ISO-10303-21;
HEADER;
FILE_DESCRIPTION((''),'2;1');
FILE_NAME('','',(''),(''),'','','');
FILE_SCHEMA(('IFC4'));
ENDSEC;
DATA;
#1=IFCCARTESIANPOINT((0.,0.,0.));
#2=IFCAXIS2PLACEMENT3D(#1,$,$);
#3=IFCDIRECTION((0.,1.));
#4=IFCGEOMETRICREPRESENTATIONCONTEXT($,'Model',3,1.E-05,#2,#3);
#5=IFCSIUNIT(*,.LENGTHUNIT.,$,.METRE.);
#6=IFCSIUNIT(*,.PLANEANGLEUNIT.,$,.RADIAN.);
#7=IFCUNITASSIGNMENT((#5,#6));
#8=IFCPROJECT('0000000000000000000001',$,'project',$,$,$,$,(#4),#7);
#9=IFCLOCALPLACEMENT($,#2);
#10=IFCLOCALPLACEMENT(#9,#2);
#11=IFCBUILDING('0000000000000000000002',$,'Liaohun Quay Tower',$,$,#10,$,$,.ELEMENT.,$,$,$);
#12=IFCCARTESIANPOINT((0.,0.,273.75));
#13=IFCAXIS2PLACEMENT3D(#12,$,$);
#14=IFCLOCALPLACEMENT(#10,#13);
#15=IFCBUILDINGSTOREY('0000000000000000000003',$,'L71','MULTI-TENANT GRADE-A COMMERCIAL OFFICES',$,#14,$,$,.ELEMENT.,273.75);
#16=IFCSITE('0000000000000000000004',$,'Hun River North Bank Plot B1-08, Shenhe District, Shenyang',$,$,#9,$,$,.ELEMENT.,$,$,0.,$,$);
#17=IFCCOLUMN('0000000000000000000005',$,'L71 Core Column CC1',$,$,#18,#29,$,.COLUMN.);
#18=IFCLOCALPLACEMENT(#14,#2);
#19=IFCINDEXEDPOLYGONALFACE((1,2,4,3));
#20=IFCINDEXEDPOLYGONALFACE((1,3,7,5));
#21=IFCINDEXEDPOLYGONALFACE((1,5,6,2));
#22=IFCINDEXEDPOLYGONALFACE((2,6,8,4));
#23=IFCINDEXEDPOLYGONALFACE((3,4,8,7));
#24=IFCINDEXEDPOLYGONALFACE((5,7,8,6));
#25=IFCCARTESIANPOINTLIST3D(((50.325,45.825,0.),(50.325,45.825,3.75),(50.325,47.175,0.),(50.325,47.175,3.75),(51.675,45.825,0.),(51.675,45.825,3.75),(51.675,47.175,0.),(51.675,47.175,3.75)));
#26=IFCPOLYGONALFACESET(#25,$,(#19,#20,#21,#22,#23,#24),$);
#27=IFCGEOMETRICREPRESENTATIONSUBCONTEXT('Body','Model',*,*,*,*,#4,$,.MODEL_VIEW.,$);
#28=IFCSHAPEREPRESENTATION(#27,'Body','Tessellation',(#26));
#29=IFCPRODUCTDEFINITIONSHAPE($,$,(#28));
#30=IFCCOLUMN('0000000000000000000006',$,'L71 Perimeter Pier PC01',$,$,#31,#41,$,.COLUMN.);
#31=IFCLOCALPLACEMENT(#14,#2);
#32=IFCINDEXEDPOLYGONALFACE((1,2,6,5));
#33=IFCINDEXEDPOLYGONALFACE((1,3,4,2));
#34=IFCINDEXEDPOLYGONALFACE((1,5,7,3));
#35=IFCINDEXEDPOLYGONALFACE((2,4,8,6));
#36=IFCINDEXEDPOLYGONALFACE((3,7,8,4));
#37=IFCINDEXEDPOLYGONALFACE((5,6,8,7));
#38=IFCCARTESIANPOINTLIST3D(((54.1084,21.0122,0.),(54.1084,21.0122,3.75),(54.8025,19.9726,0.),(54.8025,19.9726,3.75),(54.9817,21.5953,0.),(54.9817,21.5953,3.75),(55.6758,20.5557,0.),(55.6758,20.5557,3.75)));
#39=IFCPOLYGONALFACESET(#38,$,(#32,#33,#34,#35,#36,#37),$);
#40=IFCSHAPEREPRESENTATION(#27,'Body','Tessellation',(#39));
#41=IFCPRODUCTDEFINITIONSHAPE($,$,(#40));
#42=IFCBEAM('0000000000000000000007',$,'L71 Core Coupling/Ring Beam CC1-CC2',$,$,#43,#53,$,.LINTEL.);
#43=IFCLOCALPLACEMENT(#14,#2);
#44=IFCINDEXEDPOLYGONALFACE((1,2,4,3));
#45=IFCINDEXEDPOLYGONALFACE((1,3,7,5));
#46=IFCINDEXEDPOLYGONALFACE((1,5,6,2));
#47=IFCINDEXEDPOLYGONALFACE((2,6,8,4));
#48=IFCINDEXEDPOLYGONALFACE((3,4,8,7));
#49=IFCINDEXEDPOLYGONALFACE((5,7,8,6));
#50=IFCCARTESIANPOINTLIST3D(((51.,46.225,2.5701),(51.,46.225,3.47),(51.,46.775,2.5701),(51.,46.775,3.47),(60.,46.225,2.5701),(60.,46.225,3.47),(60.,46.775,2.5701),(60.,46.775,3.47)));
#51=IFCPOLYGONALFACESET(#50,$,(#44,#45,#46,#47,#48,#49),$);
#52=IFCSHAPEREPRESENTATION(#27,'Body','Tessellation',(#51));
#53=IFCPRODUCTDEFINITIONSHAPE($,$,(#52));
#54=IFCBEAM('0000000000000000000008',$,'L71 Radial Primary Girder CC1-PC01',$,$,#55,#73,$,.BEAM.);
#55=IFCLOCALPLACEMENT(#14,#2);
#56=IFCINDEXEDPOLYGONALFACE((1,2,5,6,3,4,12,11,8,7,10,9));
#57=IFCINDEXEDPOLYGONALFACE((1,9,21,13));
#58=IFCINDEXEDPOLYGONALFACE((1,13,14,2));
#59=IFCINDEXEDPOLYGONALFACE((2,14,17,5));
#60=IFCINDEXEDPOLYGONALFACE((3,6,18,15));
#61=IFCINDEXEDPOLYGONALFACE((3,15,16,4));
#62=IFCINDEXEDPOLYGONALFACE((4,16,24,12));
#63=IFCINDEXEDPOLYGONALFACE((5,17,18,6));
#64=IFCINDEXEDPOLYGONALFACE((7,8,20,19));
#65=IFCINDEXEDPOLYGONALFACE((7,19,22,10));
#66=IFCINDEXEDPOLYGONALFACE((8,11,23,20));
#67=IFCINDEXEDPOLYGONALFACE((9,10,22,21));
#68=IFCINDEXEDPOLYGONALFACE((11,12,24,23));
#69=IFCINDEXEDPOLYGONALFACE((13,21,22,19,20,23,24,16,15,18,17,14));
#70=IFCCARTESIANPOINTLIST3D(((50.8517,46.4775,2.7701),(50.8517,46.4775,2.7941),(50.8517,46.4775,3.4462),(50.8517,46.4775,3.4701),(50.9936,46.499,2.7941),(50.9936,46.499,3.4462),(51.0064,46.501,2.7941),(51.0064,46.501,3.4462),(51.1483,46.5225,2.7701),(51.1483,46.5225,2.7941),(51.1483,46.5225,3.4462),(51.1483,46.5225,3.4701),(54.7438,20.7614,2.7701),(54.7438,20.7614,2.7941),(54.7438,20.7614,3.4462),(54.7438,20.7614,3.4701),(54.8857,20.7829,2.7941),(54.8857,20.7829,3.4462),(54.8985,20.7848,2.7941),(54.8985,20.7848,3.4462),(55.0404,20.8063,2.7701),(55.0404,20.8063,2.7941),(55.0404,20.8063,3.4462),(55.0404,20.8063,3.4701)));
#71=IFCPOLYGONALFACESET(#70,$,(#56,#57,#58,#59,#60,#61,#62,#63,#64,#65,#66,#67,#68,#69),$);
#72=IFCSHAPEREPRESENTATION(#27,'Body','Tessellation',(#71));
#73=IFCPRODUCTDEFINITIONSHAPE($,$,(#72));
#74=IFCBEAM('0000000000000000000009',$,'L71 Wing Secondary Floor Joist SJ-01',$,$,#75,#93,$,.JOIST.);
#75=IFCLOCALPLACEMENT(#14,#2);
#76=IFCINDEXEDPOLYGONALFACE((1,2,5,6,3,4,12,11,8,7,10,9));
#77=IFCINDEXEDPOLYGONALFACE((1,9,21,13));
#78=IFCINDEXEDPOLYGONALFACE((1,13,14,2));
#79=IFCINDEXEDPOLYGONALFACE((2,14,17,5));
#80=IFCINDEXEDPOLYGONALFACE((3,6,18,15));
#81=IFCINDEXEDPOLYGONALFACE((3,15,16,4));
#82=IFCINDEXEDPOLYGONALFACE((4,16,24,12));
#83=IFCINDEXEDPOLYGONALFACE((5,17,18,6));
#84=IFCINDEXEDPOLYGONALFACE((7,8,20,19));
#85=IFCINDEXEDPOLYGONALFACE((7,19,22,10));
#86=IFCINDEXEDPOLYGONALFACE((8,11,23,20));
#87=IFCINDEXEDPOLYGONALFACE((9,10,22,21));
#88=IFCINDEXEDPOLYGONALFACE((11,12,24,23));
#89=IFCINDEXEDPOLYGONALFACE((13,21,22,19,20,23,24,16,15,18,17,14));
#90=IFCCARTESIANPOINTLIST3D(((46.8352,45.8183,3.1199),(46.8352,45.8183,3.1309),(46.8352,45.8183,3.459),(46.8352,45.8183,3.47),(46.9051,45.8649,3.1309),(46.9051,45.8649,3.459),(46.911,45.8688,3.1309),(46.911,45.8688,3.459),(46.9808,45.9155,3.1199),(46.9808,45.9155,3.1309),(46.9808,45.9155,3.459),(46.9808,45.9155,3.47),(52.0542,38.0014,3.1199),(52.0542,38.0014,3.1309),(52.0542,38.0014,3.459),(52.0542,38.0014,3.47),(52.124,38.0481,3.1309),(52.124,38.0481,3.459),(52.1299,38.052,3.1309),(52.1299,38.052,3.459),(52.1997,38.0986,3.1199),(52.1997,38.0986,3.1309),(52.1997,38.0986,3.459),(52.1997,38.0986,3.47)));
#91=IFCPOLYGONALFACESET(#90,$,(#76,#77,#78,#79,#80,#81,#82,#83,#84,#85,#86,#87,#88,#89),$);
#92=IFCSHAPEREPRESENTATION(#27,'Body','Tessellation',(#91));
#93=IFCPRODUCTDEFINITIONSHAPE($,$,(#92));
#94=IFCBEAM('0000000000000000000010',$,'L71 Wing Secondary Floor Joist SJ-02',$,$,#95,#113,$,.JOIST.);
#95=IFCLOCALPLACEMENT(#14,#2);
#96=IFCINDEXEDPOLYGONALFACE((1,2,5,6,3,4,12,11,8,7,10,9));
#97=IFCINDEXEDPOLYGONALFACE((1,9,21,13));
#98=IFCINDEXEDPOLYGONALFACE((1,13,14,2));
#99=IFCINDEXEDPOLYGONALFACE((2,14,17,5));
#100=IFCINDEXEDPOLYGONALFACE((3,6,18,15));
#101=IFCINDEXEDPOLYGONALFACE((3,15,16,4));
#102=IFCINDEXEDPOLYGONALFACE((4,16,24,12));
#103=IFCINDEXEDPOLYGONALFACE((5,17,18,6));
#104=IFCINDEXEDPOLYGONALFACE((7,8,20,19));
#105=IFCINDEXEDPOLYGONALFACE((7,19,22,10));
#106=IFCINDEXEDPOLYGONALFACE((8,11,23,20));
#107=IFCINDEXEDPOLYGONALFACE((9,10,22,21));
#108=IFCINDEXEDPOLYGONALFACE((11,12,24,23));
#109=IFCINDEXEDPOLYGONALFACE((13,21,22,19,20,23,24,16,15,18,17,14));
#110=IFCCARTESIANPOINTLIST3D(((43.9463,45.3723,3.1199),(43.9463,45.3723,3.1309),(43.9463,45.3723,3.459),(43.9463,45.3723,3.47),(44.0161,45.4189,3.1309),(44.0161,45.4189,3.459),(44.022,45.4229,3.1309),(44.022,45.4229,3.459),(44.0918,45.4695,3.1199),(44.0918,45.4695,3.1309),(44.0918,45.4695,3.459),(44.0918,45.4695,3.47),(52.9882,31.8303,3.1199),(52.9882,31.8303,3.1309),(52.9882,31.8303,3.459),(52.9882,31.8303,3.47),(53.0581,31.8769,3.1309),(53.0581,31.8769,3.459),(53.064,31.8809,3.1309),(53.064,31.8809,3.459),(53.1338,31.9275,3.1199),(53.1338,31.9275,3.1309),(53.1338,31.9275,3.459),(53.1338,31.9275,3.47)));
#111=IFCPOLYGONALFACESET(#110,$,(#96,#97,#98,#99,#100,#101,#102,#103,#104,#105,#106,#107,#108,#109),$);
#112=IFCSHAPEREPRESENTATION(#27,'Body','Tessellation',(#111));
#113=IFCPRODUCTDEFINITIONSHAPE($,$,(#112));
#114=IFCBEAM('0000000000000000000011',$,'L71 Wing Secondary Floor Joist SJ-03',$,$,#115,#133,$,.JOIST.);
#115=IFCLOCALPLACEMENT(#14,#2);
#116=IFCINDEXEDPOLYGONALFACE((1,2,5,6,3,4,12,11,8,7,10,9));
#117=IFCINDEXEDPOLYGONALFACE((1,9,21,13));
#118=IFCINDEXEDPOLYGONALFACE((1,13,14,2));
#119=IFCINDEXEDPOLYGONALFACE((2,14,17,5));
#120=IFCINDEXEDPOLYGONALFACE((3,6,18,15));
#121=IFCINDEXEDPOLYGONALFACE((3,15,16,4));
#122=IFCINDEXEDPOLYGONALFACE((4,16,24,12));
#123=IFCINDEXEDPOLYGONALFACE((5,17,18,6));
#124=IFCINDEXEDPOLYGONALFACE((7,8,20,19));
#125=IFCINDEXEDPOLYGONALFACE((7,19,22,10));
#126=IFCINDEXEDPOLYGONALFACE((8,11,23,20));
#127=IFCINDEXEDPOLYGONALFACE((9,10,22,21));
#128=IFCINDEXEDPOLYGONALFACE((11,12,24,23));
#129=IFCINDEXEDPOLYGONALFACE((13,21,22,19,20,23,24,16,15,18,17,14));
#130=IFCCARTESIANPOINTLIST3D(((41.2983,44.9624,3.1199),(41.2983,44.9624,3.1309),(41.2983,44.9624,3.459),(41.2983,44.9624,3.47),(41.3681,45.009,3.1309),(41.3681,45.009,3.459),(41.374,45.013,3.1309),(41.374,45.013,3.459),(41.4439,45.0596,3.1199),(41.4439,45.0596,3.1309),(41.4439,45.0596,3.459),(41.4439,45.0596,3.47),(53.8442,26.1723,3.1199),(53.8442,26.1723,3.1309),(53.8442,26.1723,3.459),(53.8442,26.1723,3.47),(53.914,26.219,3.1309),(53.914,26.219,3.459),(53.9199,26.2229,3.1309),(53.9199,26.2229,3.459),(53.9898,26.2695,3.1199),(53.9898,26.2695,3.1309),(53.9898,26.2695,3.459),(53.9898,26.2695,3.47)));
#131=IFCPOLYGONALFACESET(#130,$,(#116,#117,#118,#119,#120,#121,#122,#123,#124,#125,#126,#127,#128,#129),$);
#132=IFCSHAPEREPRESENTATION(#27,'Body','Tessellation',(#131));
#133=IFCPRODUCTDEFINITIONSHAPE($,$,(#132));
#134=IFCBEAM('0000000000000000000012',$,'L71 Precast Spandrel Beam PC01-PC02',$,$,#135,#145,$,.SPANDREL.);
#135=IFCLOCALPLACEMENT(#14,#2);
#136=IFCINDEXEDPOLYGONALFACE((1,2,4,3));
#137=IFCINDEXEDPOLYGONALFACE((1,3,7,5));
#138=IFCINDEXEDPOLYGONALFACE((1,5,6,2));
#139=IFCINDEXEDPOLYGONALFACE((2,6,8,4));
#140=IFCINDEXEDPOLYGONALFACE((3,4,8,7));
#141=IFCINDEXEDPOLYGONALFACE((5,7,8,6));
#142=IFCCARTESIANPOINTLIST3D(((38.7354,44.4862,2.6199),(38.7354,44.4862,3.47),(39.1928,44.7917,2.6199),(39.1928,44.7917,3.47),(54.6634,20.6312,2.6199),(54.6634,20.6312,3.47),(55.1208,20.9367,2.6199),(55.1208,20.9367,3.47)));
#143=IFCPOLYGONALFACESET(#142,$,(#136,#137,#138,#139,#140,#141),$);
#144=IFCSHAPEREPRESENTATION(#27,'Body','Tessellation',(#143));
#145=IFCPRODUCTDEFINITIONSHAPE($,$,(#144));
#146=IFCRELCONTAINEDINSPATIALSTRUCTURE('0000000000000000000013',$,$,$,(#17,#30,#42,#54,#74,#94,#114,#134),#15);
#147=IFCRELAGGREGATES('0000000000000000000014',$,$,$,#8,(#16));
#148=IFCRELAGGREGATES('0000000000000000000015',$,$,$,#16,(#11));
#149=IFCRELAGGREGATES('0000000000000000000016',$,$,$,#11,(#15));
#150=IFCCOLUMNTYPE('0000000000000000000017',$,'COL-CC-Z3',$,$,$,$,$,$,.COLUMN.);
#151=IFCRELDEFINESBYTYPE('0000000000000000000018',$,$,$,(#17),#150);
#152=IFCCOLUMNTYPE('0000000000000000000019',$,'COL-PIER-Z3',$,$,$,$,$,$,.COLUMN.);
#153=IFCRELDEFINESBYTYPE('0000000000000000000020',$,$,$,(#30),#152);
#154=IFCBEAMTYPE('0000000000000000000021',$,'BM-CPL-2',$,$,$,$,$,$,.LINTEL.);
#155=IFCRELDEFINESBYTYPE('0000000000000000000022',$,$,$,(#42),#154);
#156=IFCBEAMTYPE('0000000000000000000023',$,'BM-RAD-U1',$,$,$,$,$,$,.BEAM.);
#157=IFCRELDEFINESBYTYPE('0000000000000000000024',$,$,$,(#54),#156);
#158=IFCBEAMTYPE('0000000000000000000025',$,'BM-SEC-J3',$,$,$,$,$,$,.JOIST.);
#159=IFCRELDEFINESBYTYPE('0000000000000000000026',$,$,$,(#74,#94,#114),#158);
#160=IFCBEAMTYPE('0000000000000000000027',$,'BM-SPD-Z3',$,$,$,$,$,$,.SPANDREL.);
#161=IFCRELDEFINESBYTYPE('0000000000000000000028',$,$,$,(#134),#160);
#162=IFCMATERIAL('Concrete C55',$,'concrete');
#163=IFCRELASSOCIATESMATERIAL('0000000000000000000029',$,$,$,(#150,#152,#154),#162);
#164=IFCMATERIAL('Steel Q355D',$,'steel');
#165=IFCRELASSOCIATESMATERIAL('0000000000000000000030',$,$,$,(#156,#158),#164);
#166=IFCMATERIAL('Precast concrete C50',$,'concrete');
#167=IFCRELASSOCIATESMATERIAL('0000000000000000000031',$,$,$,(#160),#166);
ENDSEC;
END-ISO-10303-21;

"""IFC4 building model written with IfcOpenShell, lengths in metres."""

from ifc_helpers import new_model, si_unit, direction, frame, origin, origin_2d, place, context, subcontext, project, spatial, rectangle, i_section, extrude, source, transform, mapped, material, material_profile, profile_set, type_object, element, save


model = new_model("IFC4")

# Units and contexts
model_context = context("Model", 3, precision=1e-05, world=origin(), true_north=direction((0.0, 1.0)))
body_context = subcontext(model_context, "Body", "Model", "MODEL_VIEW")
ifc_project = project(units=[si_unit("LENGTHUNIT", "METRE"), si_unit("PLANEANGLEUNIT", "RADIAN")], contexts=[model_context])

# Site, building, storey
site_placement = place(None, origin())
site = spatial("IfcSite", under=ifc_project, at=site_placement, Name="Hun River North Bank Plot B1-08, Shenhe District, Shenyang", CompositionType="ELEMENT", RefElevation=0.0)
building_placement = place(site_placement, origin())
building = spatial("IfcBuilding", under=site, at=building_placement, Name="Liaohun Quay Tower", CompositionType="ELEMENT")
storey_placement = place(building_placement, frame((0.0, 0.0, 273.75)))
storey = spatial("IfcBuildingStorey", under=building, at=storey_placement, Name="L71", Description="MULTI-TENANT GRADE-A COMMERCIAL OFFICES", CompositionType="ELEMENT", Elevation=273.75)

# Columns
ifc_material_1 = material(Name="Concrete C55", Category="concrete")
ifc_material_profile_1 = material_profile(ifc_material_1, rectangle(XDim=1.3501, YDim=1.3501, at=origin_2d()), Name="RC1350x1350")
ifc_profile_set_1 = profile_set([ifc_material_profile_1], Name="Concrete C55")
column_type_1 = type_object("IfcColumnType", Name="COL-CC-Z3", PredefinedType="COLUMN", material=ifc_profile_set_1)
shared_shape_1 = source(origin(), body_context, "Body", "SweptSolid", [
    extrude(rectangle(XDim=1.3501, YDim=1.3501, at=origin_2d()), origin(), (0.0, 0.0, 1.0), 3.75),
])
column_1_placement = place(storey_placement, frame((51.0, 46.5, 0.0), z_axis=(0.0, 0.0, 1.0), x_axis=(1.0, 0.0, 0.0)))
element("IfcColumn", 1, at=column_1_placement, inside=storey, type_object=column_type_1, Name="L71 Core Column CC1", PredefinedType="COLUMN", context=body_context, shape_type="MappedRepresentation", body=[
    mapped(shared_shape_1, transform((0.0, 0.0, 0.0), x_axis=(1.0, 0.0, 0.0), y_axis=(0.0, 1.0, 0.0), z_axis=(0.0, 0.0, 1.0), scale=1.0)),
])
ifc_material_profile_2 = material_profile(ifc_material_1, rectangle(XDim=1.25, YDim=1.05, at=origin_2d()), Name="RC1250x1050")
ifc_profile_set_2 = profile_set([ifc_material_profile_2], Name="Concrete C55")
column_type_2 = type_object("IfcColumnType", Name="COL-PIER-Z3", PredefinedType="COLUMN", material=ifc_profile_set_2)
shared_shape_2 = source(origin(), body_context, "Body", "SweptSolid", [
    extrude(rectangle(XDim=1.25, YDim=1.05, at=origin_2d()), origin(), (0.0, 0.0, 1.0), 3.75),
])
column_2_placement = place(storey_placement, frame((54.8921, 20.7839, 0.0), z_axis=(0.0, 0.0, 1.0), x_axis=(-0.55528, 0.831663, 0.0)))
element("IfcColumn", 2, at=column_2_placement, inside=storey, type_object=column_type_2, Name="L71 Perimeter Pier PC01", PredefinedType="COLUMN", context=body_context, shape_type="MappedRepresentation", body=[
    mapped(shared_shape_2, transform((0.0, 0.0, 0.0), x_axis=(1.0, 0.0, 0.0), y_axis=(0.0, 1.0, 0.0), z_axis=(0.0, 0.0, 1.0), scale=1.0)),
])

# Beams
ifc_material_profile_3 = material_profile(ifc_material_1, rectangle(XDim=0.55, YDim=0.8999, at=origin_2d()), Name="RC550x900")
ifc_profile_set_3 = profile_set([ifc_material_profile_3], Name="Concrete C55")
beam_type_1 = type_object("IfcBeamType", Name="BM-CPL-2", PredefinedType="LINTEL", material=ifc_profile_set_3)
shared_shape_3 = source(origin(), body_context, "Body", "SweptSolid", [
    extrude(rectangle(XDim=0.55, YDim=0.8999, at=origin_2d()), origin(), (0.0, 0.0, 1.0), 9.0),
])
beam_1_placement = place(storey_placement, frame((51.0, 46.5, 3.02), z_axis=(1.0, 0.0, 0.0), x_axis=(0.0, 1.0, 0.0)))
element("IfcBeam", 3, at=beam_1_placement, inside=storey, type_object=beam_type_1, Name="L71 Core Coupling/Ring Beam CC1-CC2", PredefinedType="LINTEL", context=body_context, shape_type="MappedRepresentation", body=[
    mapped(shared_shape_3, transform((0.0, 0.0, 0.0), x_axis=(1.0, 0.0, 0.0), y_axis=(0.0, 1.0, 0.0), z_axis=(0.0, 0.0, 1.0), scale=1.0)),
])
ifc_material_2 = material(Name="Steel Q355D", Category="steel")
ifc_material_profile_4 = material_profile(ifc_material_2, i_section(OverallWidth=0.3, OverallDepth=0.7, WebThickness=0.0129, FlangeThickness=0.0239, at=origin_2d()), Name="HN700x300x13x24")
ifc_profile_set_4 = profile_set([ifc_material_profile_4], Name="Steel Q355D")
beam_type_2 = type_object("IfcBeamType", Name="BM-RAD-U1", PredefinedType="BEAM", material=ifc_profile_set_4)
shared_shape_4 = source(origin(), body_context, "Body", "SweptSolid", [
    extrude(i_section(OverallWidth=0.3, OverallDepth=0.7, WebThickness=0.0129, FlangeThickness=0.0239, at=origin_2d()), origin(), (0.0, 0.0, 1.0), 26.009),
])
beam_2_placement = place(storey_placement, frame((51.0, 46.5, 3.1201), z_axis=(0.149644, -0.98874, 0.0), x_axis=(0.98874, 0.149644, 0.0)))
element("IfcBeam", 4, at=beam_2_placement, inside=storey, type_object=beam_type_2, Name="L71 Radial Primary Girder CC1-PC01", PredefinedType="BEAM", context=body_context, shape_type="MappedRepresentation", body=[
    mapped(shared_shape_4, transform((0.0, 0.0, 0.0), x_axis=(1.0, 0.0, 0.0), y_axis=(0.0, 1.0, 0.0), z_axis=(0.0, 0.0, 1.0), scale=1.0)),
])
ifc_material_profile_5 = material_profile(ifc_material_2, i_section(OverallWidth=0.175, OverallDepth=0.3501, WebThickness=0.0071, FlangeThickness=0.011, at=origin_2d()), Name="HN350x175x7x11")
ifc_profile_set_5 = profile_set([ifc_material_profile_5], Name="Steel Q355D")
beam_type_3 = type_object("IfcBeamType", Name="BM-SEC-J3", PredefinedType="JOIST", material=ifc_profile_set_5)
shared_shape_5 = source(origin(), body_context, "Body", "SweptSolid", [
    extrude(i_section(OverallWidth=0.175, OverallDepth=0.3501, WebThickness=0.0071, FlangeThickness=0.011, at=origin_2d()), origin(), (0.0, 0.0, 1.0), 9.3989),
])
beam_3_placement = place(storey_placement, frame((52.127, 38.05, 3.2949), z_axis=(-0.55527, 0.83167, 0.0), x_axis=(-0.83167, -0.55527, 0.0)))
element("IfcBeam", 5, at=beam_3_placement, inside=storey, type_object=beam_type_3, Name="L71 Wing Secondary Floor Joist SJ-01", PredefinedType="JOIST", context=body_context, shape_type="MappedRepresentation", body=[
    mapped(shared_shape_5, transform((0.0, 0.0, 0.0), x_axis=(1.0, 0.0, 0.0), y_axis=(0.0, 1.0, 0.0), z_axis=(0.0, 0.0, 1.0), scale=1.0)),
])
shared_shape_6 = source(origin(), body_context, "Body", "SweptSolid", [
    extrude(i_section(OverallWidth=0.175, OverallDepth=0.3501, WebThickness=0.0071, FlangeThickness=0.011, at=origin_2d()), origin(), (0.0, 0.0, 1.0), 16.2832),
])
beam_4_placement = place(storey_placement, frame((53.061, 31.8789, 3.2949), z_axis=(-0.555295, 0.831653, 0.0), x_axis=(-0.831653, -0.555295, 0.0)))
element("IfcBeam", 6, at=beam_4_placement, inside=storey, type_object=beam_type_3, Name="L71 Wing Secondary Floor Joist SJ-02", PredefinedType="JOIST", context=body_context, shape_type="MappedRepresentation", body=[
    mapped(shared_shape_6, transform((0.0, 0.0, 0.0), x_axis=(1.0, 0.0, 0.0), y_axis=(0.0, 1.0, 0.0), z_axis=(0.0, 0.0, 1.0), scale=1.0)),
])
shared_shape_7 = source(origin(), body_context, "Body", "SweptSolid", [
    extrude(i_section(OverallWidth=0.175, OverallDepth=0.3501, WebThickness=0.0071, FlangeThickness=0.011, at=origin_2d()), origin(), (0.0, 0.0, 1.0), 22.5935),
])
beam_5_placement = place(storey_placement, frame((53.917, 26.2209, 3.2949), z_axis=(-0.555289, 0.831658, 0.0), x_axis=(-0.831658, -0.555289, 0.0)))
element("IfcBeam", 7, at=beam_5_placement, inside=storey, type_object=beam_type_3, Name="L71 Wing Secondary Floor Joist SJ-03", PredefinedType="JOIST", context=body_context, shape_type="MappedRepresentation", body=[
    mapped(shared_shape_7, transform((0.0, 0.0, 0.0), x_axis=(1.0, 0.0, 0.0), y_axis=(0.0, 1.0, 0.0), z_axis=(0.0, 0.0, 1.0), scale=1.0)),
])
ifc_material_3 = material(Name="Precast concrete C50", Category="concrete")
ifc_material_profile_6 = material_profile(ifc_material_3, rectangle(XDim=0.55, YDim=0.8501, at=origin_2d()), Name="RC550x850")
ifc_profile_set_6 = profile_set([ifc_material_profile_6], Name="Precast concrete C50")
beam_type_4 = type_object("IfcBeamType", Name="BM-SPD-Z3", PredefinedType="SPANDREL", material=ifc_profile_set_6)
shared_shape_8 = source(origin(), body_context, "Body", "SweptSolid", [
    extrude(rectangle(XDim=0.55, YDim=0.8501, at=origin_2d()), origin(), (0.0, 0.0, 1.0), 28.6838),
])
beam_6_placement = place(storey_placement, frame((54.8921, 20.7839, 3.0449), z_axis=(-0.555295, 0.831653, 0.0), x_axis=(-0.831653, -0.555295, 0.0)))
element("IfcBeam", 8, at=beam_6_placement, inside=storey, type_object=beam_type_4, Name="L71 Precast Spandrel Beam PC01-PC02", PredefinedType="SPANDREL", context=body_context, shape_type="MappedRepresentation", body=[
    mapped(shared_shape_8, transform((0.0, 0.0, 0.0), x_axis=(1.0, 0.0, 0.0), y_axis=(0.0, 1.0, 0.0), z_axis=(0.0, 0.0, 1.0), scale=1.0)),
])

save(model, "model.ifc")
